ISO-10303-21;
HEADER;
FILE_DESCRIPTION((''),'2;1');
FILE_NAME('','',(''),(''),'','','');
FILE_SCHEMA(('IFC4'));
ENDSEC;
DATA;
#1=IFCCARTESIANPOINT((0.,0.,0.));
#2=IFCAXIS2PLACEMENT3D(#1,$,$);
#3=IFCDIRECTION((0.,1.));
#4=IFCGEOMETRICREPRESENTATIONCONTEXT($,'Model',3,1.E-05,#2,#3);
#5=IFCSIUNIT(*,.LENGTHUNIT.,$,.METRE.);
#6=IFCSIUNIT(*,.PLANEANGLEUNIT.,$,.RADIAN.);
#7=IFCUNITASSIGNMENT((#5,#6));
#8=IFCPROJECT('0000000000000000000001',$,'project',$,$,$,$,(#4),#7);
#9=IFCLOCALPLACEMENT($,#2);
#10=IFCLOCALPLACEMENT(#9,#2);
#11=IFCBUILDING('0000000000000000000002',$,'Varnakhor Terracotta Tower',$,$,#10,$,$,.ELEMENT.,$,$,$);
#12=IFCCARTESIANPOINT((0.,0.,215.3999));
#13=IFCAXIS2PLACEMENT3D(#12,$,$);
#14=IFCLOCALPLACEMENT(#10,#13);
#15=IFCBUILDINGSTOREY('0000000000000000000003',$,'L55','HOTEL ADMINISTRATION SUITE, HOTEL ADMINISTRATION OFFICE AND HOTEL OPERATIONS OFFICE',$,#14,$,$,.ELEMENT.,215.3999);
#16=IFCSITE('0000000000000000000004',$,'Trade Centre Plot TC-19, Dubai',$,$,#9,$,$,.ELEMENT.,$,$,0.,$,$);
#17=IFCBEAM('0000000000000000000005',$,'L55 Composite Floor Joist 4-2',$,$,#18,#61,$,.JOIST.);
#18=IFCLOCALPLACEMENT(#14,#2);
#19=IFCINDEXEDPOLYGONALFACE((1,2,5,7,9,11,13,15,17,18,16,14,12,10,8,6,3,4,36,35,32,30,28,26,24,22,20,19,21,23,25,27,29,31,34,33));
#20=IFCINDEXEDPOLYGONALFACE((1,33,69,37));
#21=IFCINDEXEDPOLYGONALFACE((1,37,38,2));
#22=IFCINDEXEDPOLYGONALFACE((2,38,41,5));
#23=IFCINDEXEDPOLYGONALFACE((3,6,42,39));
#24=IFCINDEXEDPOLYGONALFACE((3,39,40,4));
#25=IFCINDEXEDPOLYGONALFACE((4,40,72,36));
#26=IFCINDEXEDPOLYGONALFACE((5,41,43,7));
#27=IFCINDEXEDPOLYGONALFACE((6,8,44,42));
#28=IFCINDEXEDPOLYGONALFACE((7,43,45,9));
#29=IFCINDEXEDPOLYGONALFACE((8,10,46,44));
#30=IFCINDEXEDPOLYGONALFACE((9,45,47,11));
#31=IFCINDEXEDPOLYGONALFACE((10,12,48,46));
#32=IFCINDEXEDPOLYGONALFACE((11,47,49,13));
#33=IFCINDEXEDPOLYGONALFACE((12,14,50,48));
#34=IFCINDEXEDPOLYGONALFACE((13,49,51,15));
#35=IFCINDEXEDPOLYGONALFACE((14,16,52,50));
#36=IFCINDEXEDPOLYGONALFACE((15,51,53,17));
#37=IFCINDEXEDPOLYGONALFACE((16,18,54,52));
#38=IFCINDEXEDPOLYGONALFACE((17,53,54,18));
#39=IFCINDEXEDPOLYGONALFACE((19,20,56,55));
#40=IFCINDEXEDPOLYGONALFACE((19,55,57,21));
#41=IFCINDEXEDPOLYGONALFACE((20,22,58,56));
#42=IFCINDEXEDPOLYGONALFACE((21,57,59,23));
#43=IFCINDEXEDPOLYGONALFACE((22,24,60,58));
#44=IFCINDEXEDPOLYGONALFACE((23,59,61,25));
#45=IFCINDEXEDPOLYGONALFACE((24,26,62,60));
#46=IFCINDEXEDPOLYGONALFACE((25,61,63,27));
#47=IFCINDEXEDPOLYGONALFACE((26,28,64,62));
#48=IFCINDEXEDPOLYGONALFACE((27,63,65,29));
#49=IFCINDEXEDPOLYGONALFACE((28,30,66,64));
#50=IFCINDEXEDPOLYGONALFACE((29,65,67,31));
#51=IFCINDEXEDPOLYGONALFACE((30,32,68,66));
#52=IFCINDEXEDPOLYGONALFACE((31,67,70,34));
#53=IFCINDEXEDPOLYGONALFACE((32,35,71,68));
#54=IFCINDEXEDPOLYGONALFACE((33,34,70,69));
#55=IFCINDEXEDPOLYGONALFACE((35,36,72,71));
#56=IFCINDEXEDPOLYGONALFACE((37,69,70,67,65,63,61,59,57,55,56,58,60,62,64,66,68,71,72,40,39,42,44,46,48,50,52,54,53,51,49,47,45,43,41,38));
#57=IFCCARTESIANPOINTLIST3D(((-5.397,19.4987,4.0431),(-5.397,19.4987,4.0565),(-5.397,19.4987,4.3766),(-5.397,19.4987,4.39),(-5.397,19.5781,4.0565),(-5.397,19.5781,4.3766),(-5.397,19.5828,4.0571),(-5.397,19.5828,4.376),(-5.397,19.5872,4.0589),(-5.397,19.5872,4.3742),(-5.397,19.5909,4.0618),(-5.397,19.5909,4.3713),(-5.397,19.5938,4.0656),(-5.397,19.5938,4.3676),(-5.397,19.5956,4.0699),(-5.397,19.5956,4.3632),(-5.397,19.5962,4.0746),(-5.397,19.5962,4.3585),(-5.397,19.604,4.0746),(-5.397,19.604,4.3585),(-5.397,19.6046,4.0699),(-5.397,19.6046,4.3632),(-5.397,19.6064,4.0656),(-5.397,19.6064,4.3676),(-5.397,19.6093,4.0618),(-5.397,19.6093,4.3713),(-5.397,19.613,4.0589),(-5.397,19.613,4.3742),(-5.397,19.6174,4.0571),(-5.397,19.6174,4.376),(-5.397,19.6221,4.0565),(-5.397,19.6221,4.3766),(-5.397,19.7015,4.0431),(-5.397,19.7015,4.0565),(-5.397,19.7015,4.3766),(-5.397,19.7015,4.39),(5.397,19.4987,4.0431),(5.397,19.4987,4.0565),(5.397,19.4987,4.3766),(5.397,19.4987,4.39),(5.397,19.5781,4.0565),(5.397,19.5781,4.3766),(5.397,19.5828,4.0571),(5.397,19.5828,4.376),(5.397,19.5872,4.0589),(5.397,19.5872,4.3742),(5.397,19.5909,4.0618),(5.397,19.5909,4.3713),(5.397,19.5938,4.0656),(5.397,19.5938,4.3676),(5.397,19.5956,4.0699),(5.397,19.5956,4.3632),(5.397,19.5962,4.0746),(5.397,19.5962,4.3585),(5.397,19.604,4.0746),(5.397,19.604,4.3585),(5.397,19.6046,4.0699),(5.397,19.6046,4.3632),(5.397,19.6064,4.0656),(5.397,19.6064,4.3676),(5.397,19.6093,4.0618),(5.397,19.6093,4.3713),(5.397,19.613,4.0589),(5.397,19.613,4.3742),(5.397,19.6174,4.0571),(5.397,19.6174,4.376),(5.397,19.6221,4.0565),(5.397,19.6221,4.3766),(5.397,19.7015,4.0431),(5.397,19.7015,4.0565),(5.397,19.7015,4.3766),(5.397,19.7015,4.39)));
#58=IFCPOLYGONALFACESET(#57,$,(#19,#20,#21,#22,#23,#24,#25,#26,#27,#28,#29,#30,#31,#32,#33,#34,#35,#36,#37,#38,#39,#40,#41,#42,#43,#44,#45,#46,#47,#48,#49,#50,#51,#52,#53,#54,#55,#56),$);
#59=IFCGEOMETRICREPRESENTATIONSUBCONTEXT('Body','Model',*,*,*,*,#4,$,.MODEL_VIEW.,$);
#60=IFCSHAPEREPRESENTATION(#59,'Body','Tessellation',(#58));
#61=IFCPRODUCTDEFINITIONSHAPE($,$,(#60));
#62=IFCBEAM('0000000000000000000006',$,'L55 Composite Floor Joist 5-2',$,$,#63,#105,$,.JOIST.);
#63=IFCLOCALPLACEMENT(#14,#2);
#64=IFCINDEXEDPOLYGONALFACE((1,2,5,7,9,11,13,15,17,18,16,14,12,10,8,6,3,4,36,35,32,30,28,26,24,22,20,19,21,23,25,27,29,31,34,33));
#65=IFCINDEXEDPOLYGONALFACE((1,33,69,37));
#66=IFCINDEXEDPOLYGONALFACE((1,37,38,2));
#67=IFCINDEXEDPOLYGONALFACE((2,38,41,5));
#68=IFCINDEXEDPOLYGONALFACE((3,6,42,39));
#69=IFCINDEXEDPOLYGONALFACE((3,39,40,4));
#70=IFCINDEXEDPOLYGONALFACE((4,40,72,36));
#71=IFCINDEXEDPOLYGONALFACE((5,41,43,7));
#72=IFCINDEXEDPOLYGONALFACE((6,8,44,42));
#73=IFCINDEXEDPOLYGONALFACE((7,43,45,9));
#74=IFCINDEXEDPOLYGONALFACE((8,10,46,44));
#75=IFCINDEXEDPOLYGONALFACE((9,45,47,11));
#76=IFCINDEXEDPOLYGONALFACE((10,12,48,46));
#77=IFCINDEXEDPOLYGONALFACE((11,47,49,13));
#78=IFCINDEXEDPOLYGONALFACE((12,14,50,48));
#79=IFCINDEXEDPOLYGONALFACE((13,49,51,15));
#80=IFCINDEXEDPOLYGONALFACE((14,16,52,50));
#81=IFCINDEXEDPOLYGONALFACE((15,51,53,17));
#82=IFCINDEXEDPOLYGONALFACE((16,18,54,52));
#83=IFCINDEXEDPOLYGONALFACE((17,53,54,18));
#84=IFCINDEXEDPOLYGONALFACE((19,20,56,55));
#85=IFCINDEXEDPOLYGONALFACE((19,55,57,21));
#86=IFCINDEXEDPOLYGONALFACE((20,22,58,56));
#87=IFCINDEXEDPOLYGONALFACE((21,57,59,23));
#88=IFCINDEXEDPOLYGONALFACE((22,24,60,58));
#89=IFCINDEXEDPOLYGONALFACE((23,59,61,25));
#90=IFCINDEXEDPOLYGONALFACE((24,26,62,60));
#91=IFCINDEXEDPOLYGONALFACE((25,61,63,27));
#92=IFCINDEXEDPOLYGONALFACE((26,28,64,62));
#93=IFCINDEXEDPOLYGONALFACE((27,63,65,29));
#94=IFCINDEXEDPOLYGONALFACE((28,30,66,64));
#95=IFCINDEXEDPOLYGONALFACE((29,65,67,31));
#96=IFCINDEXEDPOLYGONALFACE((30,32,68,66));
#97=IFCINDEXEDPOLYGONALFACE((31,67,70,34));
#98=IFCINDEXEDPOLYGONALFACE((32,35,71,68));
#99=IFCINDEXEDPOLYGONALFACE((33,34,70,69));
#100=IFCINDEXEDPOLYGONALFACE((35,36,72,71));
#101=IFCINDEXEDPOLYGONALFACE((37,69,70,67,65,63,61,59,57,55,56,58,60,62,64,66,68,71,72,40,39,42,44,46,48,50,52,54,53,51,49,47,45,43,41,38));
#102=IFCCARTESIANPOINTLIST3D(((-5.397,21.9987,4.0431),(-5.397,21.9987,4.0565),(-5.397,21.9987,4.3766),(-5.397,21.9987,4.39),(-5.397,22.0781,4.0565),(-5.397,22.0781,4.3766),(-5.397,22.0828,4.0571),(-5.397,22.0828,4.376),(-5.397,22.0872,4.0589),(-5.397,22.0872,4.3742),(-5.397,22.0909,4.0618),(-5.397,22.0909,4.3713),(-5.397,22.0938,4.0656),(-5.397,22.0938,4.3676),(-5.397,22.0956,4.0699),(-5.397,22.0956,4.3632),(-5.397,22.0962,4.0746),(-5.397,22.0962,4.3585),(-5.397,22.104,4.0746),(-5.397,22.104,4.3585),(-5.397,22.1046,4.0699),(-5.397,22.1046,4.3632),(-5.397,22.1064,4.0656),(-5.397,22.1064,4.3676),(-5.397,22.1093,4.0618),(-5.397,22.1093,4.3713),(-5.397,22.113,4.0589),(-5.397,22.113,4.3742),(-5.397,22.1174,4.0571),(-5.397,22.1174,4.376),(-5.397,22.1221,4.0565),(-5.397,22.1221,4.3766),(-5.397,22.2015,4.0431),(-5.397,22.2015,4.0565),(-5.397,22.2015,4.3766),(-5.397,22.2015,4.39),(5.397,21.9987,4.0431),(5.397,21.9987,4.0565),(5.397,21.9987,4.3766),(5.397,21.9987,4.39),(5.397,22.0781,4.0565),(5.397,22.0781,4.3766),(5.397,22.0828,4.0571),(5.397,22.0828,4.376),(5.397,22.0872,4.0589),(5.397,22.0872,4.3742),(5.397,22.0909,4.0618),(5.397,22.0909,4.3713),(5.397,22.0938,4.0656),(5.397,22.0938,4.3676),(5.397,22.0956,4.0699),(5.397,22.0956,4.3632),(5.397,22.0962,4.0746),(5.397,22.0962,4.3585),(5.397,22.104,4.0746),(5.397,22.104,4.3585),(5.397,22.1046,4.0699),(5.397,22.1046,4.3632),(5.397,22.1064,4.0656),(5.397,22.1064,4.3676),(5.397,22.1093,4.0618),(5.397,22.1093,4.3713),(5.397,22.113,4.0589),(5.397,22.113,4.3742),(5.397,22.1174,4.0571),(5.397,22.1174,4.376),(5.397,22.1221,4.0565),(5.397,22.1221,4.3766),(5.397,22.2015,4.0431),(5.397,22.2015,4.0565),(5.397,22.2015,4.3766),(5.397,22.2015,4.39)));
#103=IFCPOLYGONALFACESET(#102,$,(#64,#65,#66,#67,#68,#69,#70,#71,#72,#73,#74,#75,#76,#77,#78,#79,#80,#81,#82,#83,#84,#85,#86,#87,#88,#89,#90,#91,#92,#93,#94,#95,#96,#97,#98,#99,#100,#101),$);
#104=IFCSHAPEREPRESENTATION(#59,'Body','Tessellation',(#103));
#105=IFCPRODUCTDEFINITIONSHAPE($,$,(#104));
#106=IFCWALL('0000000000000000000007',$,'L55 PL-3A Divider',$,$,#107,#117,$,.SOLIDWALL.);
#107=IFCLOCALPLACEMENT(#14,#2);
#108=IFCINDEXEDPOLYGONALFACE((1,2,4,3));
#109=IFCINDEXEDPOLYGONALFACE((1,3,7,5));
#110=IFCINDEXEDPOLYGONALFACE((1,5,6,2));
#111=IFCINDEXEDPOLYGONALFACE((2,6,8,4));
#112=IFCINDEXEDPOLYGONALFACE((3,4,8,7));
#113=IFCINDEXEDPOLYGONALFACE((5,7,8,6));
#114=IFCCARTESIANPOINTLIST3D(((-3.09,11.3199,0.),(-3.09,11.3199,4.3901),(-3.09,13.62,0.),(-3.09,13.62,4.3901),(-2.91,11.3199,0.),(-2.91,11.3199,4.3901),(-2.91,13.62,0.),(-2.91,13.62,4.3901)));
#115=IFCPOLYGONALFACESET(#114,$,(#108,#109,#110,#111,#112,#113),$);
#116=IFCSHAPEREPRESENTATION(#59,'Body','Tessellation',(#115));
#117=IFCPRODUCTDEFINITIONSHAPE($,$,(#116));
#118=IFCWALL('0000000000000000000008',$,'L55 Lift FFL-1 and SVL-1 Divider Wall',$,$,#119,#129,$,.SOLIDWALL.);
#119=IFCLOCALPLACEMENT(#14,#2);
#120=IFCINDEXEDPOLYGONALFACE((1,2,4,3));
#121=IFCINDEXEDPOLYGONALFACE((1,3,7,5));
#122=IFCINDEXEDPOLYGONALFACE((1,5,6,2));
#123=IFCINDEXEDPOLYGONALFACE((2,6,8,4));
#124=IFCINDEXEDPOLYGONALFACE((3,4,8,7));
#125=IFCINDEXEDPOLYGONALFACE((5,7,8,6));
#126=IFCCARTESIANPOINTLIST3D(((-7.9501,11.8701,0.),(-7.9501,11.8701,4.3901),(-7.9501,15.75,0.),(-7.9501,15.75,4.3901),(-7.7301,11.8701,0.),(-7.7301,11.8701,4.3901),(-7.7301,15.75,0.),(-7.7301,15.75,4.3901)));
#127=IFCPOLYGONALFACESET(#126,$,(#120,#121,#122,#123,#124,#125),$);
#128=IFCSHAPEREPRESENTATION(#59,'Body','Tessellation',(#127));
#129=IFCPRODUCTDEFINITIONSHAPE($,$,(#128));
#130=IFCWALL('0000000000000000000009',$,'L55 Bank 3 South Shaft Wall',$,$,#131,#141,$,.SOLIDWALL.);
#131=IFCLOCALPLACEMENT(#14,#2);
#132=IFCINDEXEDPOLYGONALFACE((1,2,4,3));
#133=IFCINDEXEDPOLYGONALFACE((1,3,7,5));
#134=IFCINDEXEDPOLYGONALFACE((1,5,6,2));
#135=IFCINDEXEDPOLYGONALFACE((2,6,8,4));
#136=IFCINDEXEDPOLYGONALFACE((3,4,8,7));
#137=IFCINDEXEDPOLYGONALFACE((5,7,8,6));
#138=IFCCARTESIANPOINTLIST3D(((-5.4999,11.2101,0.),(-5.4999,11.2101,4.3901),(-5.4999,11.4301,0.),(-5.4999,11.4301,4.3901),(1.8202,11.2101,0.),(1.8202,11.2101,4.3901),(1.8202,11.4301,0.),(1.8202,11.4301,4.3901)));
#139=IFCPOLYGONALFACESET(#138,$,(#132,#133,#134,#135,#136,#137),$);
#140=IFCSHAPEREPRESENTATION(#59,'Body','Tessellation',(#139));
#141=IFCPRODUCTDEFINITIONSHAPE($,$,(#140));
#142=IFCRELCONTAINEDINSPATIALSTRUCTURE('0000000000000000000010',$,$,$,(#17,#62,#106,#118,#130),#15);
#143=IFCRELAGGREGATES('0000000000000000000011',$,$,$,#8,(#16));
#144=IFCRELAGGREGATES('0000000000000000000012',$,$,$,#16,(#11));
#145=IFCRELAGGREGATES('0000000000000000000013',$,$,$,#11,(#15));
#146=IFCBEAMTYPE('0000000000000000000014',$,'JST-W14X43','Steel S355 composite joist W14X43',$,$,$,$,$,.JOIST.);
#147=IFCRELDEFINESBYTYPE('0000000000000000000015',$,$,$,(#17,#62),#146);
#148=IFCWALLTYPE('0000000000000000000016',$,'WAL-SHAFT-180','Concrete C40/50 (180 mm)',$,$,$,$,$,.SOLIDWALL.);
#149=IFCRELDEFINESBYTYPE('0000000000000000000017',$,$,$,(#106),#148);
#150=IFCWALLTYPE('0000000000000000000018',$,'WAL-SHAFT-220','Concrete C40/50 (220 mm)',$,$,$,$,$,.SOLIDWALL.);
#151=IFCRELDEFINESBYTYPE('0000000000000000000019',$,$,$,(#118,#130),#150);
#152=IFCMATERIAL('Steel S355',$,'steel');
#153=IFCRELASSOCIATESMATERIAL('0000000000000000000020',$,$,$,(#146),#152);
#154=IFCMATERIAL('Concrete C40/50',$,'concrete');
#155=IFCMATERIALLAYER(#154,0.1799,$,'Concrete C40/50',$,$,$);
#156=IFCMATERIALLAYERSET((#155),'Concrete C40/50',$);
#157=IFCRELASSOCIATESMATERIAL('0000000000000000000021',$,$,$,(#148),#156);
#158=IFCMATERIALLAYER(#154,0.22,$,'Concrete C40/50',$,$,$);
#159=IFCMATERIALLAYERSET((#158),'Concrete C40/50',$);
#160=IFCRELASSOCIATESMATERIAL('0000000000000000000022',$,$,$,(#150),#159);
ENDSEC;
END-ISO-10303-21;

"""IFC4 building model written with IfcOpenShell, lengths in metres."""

from ifc_helpers import new_model, si_unit, direction, frame, frame_2d, origin, origin_2d, place, context, subcontext, project, spatial, rectangle, i_section, extrude, source, transform, mapped, material, layer, layer_set, material_profile, profile_set, type_object, element, save


model = new_model("IFC4")

# Units and contexts
model_context = context("Model", 3, precision=1e-05, world=origin(), true_north=direction((0.0, 1.0)))
body_context = subcontext(model_context, "Body", "Model", "MODEL_VIEW")
ifc_project = project(units=[si_unit("LENGTHUNIT", "METRE"), si_unit("PLANEANGLEUNIT", "RADIAN")], contexts=[model_context])

# Site, building, storey
site_placement = place(None, origin())
site = spatial("IfcSite", under=ifc_project, at=site_placement, Name="Trade Centre Plot TC-19, Dubai", CompositionType="ELEMENT", RefElevation=0.0)
building_placement = place(site_placement, origin())
building = spatial("IfcBuilding", under=site, at=building_placement, Name="Varnakhor Terracotta Tower", CompositionType="ELEMENT")
storey_placement = place(building_placement, frame((0.0, 0.0, 215.3999)))
storey = spatial("IfcBuildingStorey", under=building, at=storey_placement, Name="L55", Description="HOTEL ADMINISTRATION SUITE, HOTEL ADMINISTRATION OFFICE AND HOTEL OPERATIONS OFFICE", CompositionType="ELEMENT", Elevation=215.3999)

# Beams
ifc_material_1 = material(Name="Steel S355", Category="steel")
ifc_material_profile_1 = material_profile(ifc_material_1, i_section(OverallWidth=0.2029, OverallDepth=0.3469, WebThickness=0.0078, FlangeThickness=0.0134, FilletRadius=0.0181, at=origin_2d()), Name="W14X43")
ifc_profile_set_1 = profile_set([ifc_material_profile_1], Name="Steel S355")
beam_type_1 = type_object("IfcBeamType", Name="JST-W14X43", Description="Steel S355 composite joist W14X43", PredefinedType="JOIST", material=ifc_profile_set_1)
shared_shape_1 = source(origin(), body_context, "Body", "SweptSolid", [
    extrude(i_section(OverallWidth=0.2029, OverallDepth=0.3469, WebThickness=0.0078, FlangeThickness=0.0134, FilletRadius=0.0181, at=origin_2d()), origin(), (0.0, 0.0, 1.0), 10.7939),
])
for number, where, z_axis, x_axis, name in (
    (1, (-5.397, 19.6001, 4.2166), (1.0, 0.0, 0.0), (0.0, 1.0, 0.0), "L55 Composite Floor Joist 4-2"),
    (2, (-5.397, 22.1001, 4.2166), (1.0, 0.0, 0.0), (0.0, 1.0, 0.0), "L55 Composite Floor Joist 5-2"),
):
    element("IfcBeam", number, at=place(storey_placement, frame(where, z_axis=z_axis, x_axis=x_axis)), inside=storey, type_object=beam_type_1, Name=name, PredefinedType="JOIST", context=body_context, shape_type="MappedRepresentation", body=[
        mapped(shared_shape_1, transform((0.0, 0.0, 0.0), scale=1.0)),
    ])

# Walls
ifc_material_2 = material(Name="Concrete C40/50", Category="concrete")
ifc_layer_1 = layer(ifc_material_2, 0.1799, Name="Concrete C40/50")
ifc_layer_set_1 = layer_set([ifc_layer_1], Name="Concrete C40/50")
wall_type_1 = type_object("IfcWallType", Name="WAL-SHAFT-180", Description="Concrete C40/50 (180 mm)", PredefinedType="SOLIDWALL", material=ifc_layer_set_1)
wall_1_placement = place(storey_placement, frame((-3.0, 11.3201, 0.0), z_axis=(0.0, 0.0, 1.0), x_axis=(0.0, 1.0, 0.0)))
element("IfcWall", 3, at=wall_1_placement, inside=storey, type_object=wall_type_1, Name="L55 PL-3A Divider", PredefinedType="SOLIDWALL", context=body_context, shape_type="SweptSolid", body=[
    extrude(rectangle(XDim=2.3, YDim=0.1799, at=frame_2d((1.1499, 0.0))), origin(), (0.0, 0.0, 1.0), 4.3901),
])
ifc_layer_2 = layer(ifc_material_2, 0.22, Name="Concrete C40/50")
ifc_layer_set_2 = layer_set([ifc_layer_2], Name="Concrete C40/50")
wall_type_2 = type_object("IfcWallType", Name="WAL-SHAFT-220", Description="Concrete C40/50 (220 mm)", PredefinedType="SOLIDWALL", material=ifc_layer_set_2)
wall_2_placement = place(storey_placement, frame((-7.8401, 11.8701, 0.0), z_axis=(0.0, 0.0, 1.0), x_axis=(0.0, 1.0, 0.0)))
element("IfcWall", 4, at=wall_2_placement, inside=storey, type_object=wall_type_2, Name="L55 Lift FFL-1 and SVL-1 Divider Wall", PredefinedType="SOLIDWALL", context=body_context, shape_type="SweptSolid", body=[
    extrude(rectangle(XDim=3.8799, YDim=0.22, at=frame_2d((1.9399, 0.0))), origin(), (0.0, 0.0, 1.0), 4.3901),
])
wall_3_placement = place(storey_placement, frame((-5.5, 11.3201, 0.0), z_axis=(0.0, 0.0, 1.0), x_axis=(1.0, 0.0, 0.0)))
element("IfcWall", 5, at=wall_3_placement, inside=storey, type_object=wall_type_2, Name="L55 Bank 3 South Shaft Wall", PredefinedType="SOLIDWALL", context=body_context, shape_type="SweptSolid", body=[
    extrude(rectangle(XDim=7.3201, YDim=0.22, at=frame_2d((3.6602, 0.0))), origin(), (0.0, 0.0, 1.0), 4.3901),
])

save(model, "model.ifc")
